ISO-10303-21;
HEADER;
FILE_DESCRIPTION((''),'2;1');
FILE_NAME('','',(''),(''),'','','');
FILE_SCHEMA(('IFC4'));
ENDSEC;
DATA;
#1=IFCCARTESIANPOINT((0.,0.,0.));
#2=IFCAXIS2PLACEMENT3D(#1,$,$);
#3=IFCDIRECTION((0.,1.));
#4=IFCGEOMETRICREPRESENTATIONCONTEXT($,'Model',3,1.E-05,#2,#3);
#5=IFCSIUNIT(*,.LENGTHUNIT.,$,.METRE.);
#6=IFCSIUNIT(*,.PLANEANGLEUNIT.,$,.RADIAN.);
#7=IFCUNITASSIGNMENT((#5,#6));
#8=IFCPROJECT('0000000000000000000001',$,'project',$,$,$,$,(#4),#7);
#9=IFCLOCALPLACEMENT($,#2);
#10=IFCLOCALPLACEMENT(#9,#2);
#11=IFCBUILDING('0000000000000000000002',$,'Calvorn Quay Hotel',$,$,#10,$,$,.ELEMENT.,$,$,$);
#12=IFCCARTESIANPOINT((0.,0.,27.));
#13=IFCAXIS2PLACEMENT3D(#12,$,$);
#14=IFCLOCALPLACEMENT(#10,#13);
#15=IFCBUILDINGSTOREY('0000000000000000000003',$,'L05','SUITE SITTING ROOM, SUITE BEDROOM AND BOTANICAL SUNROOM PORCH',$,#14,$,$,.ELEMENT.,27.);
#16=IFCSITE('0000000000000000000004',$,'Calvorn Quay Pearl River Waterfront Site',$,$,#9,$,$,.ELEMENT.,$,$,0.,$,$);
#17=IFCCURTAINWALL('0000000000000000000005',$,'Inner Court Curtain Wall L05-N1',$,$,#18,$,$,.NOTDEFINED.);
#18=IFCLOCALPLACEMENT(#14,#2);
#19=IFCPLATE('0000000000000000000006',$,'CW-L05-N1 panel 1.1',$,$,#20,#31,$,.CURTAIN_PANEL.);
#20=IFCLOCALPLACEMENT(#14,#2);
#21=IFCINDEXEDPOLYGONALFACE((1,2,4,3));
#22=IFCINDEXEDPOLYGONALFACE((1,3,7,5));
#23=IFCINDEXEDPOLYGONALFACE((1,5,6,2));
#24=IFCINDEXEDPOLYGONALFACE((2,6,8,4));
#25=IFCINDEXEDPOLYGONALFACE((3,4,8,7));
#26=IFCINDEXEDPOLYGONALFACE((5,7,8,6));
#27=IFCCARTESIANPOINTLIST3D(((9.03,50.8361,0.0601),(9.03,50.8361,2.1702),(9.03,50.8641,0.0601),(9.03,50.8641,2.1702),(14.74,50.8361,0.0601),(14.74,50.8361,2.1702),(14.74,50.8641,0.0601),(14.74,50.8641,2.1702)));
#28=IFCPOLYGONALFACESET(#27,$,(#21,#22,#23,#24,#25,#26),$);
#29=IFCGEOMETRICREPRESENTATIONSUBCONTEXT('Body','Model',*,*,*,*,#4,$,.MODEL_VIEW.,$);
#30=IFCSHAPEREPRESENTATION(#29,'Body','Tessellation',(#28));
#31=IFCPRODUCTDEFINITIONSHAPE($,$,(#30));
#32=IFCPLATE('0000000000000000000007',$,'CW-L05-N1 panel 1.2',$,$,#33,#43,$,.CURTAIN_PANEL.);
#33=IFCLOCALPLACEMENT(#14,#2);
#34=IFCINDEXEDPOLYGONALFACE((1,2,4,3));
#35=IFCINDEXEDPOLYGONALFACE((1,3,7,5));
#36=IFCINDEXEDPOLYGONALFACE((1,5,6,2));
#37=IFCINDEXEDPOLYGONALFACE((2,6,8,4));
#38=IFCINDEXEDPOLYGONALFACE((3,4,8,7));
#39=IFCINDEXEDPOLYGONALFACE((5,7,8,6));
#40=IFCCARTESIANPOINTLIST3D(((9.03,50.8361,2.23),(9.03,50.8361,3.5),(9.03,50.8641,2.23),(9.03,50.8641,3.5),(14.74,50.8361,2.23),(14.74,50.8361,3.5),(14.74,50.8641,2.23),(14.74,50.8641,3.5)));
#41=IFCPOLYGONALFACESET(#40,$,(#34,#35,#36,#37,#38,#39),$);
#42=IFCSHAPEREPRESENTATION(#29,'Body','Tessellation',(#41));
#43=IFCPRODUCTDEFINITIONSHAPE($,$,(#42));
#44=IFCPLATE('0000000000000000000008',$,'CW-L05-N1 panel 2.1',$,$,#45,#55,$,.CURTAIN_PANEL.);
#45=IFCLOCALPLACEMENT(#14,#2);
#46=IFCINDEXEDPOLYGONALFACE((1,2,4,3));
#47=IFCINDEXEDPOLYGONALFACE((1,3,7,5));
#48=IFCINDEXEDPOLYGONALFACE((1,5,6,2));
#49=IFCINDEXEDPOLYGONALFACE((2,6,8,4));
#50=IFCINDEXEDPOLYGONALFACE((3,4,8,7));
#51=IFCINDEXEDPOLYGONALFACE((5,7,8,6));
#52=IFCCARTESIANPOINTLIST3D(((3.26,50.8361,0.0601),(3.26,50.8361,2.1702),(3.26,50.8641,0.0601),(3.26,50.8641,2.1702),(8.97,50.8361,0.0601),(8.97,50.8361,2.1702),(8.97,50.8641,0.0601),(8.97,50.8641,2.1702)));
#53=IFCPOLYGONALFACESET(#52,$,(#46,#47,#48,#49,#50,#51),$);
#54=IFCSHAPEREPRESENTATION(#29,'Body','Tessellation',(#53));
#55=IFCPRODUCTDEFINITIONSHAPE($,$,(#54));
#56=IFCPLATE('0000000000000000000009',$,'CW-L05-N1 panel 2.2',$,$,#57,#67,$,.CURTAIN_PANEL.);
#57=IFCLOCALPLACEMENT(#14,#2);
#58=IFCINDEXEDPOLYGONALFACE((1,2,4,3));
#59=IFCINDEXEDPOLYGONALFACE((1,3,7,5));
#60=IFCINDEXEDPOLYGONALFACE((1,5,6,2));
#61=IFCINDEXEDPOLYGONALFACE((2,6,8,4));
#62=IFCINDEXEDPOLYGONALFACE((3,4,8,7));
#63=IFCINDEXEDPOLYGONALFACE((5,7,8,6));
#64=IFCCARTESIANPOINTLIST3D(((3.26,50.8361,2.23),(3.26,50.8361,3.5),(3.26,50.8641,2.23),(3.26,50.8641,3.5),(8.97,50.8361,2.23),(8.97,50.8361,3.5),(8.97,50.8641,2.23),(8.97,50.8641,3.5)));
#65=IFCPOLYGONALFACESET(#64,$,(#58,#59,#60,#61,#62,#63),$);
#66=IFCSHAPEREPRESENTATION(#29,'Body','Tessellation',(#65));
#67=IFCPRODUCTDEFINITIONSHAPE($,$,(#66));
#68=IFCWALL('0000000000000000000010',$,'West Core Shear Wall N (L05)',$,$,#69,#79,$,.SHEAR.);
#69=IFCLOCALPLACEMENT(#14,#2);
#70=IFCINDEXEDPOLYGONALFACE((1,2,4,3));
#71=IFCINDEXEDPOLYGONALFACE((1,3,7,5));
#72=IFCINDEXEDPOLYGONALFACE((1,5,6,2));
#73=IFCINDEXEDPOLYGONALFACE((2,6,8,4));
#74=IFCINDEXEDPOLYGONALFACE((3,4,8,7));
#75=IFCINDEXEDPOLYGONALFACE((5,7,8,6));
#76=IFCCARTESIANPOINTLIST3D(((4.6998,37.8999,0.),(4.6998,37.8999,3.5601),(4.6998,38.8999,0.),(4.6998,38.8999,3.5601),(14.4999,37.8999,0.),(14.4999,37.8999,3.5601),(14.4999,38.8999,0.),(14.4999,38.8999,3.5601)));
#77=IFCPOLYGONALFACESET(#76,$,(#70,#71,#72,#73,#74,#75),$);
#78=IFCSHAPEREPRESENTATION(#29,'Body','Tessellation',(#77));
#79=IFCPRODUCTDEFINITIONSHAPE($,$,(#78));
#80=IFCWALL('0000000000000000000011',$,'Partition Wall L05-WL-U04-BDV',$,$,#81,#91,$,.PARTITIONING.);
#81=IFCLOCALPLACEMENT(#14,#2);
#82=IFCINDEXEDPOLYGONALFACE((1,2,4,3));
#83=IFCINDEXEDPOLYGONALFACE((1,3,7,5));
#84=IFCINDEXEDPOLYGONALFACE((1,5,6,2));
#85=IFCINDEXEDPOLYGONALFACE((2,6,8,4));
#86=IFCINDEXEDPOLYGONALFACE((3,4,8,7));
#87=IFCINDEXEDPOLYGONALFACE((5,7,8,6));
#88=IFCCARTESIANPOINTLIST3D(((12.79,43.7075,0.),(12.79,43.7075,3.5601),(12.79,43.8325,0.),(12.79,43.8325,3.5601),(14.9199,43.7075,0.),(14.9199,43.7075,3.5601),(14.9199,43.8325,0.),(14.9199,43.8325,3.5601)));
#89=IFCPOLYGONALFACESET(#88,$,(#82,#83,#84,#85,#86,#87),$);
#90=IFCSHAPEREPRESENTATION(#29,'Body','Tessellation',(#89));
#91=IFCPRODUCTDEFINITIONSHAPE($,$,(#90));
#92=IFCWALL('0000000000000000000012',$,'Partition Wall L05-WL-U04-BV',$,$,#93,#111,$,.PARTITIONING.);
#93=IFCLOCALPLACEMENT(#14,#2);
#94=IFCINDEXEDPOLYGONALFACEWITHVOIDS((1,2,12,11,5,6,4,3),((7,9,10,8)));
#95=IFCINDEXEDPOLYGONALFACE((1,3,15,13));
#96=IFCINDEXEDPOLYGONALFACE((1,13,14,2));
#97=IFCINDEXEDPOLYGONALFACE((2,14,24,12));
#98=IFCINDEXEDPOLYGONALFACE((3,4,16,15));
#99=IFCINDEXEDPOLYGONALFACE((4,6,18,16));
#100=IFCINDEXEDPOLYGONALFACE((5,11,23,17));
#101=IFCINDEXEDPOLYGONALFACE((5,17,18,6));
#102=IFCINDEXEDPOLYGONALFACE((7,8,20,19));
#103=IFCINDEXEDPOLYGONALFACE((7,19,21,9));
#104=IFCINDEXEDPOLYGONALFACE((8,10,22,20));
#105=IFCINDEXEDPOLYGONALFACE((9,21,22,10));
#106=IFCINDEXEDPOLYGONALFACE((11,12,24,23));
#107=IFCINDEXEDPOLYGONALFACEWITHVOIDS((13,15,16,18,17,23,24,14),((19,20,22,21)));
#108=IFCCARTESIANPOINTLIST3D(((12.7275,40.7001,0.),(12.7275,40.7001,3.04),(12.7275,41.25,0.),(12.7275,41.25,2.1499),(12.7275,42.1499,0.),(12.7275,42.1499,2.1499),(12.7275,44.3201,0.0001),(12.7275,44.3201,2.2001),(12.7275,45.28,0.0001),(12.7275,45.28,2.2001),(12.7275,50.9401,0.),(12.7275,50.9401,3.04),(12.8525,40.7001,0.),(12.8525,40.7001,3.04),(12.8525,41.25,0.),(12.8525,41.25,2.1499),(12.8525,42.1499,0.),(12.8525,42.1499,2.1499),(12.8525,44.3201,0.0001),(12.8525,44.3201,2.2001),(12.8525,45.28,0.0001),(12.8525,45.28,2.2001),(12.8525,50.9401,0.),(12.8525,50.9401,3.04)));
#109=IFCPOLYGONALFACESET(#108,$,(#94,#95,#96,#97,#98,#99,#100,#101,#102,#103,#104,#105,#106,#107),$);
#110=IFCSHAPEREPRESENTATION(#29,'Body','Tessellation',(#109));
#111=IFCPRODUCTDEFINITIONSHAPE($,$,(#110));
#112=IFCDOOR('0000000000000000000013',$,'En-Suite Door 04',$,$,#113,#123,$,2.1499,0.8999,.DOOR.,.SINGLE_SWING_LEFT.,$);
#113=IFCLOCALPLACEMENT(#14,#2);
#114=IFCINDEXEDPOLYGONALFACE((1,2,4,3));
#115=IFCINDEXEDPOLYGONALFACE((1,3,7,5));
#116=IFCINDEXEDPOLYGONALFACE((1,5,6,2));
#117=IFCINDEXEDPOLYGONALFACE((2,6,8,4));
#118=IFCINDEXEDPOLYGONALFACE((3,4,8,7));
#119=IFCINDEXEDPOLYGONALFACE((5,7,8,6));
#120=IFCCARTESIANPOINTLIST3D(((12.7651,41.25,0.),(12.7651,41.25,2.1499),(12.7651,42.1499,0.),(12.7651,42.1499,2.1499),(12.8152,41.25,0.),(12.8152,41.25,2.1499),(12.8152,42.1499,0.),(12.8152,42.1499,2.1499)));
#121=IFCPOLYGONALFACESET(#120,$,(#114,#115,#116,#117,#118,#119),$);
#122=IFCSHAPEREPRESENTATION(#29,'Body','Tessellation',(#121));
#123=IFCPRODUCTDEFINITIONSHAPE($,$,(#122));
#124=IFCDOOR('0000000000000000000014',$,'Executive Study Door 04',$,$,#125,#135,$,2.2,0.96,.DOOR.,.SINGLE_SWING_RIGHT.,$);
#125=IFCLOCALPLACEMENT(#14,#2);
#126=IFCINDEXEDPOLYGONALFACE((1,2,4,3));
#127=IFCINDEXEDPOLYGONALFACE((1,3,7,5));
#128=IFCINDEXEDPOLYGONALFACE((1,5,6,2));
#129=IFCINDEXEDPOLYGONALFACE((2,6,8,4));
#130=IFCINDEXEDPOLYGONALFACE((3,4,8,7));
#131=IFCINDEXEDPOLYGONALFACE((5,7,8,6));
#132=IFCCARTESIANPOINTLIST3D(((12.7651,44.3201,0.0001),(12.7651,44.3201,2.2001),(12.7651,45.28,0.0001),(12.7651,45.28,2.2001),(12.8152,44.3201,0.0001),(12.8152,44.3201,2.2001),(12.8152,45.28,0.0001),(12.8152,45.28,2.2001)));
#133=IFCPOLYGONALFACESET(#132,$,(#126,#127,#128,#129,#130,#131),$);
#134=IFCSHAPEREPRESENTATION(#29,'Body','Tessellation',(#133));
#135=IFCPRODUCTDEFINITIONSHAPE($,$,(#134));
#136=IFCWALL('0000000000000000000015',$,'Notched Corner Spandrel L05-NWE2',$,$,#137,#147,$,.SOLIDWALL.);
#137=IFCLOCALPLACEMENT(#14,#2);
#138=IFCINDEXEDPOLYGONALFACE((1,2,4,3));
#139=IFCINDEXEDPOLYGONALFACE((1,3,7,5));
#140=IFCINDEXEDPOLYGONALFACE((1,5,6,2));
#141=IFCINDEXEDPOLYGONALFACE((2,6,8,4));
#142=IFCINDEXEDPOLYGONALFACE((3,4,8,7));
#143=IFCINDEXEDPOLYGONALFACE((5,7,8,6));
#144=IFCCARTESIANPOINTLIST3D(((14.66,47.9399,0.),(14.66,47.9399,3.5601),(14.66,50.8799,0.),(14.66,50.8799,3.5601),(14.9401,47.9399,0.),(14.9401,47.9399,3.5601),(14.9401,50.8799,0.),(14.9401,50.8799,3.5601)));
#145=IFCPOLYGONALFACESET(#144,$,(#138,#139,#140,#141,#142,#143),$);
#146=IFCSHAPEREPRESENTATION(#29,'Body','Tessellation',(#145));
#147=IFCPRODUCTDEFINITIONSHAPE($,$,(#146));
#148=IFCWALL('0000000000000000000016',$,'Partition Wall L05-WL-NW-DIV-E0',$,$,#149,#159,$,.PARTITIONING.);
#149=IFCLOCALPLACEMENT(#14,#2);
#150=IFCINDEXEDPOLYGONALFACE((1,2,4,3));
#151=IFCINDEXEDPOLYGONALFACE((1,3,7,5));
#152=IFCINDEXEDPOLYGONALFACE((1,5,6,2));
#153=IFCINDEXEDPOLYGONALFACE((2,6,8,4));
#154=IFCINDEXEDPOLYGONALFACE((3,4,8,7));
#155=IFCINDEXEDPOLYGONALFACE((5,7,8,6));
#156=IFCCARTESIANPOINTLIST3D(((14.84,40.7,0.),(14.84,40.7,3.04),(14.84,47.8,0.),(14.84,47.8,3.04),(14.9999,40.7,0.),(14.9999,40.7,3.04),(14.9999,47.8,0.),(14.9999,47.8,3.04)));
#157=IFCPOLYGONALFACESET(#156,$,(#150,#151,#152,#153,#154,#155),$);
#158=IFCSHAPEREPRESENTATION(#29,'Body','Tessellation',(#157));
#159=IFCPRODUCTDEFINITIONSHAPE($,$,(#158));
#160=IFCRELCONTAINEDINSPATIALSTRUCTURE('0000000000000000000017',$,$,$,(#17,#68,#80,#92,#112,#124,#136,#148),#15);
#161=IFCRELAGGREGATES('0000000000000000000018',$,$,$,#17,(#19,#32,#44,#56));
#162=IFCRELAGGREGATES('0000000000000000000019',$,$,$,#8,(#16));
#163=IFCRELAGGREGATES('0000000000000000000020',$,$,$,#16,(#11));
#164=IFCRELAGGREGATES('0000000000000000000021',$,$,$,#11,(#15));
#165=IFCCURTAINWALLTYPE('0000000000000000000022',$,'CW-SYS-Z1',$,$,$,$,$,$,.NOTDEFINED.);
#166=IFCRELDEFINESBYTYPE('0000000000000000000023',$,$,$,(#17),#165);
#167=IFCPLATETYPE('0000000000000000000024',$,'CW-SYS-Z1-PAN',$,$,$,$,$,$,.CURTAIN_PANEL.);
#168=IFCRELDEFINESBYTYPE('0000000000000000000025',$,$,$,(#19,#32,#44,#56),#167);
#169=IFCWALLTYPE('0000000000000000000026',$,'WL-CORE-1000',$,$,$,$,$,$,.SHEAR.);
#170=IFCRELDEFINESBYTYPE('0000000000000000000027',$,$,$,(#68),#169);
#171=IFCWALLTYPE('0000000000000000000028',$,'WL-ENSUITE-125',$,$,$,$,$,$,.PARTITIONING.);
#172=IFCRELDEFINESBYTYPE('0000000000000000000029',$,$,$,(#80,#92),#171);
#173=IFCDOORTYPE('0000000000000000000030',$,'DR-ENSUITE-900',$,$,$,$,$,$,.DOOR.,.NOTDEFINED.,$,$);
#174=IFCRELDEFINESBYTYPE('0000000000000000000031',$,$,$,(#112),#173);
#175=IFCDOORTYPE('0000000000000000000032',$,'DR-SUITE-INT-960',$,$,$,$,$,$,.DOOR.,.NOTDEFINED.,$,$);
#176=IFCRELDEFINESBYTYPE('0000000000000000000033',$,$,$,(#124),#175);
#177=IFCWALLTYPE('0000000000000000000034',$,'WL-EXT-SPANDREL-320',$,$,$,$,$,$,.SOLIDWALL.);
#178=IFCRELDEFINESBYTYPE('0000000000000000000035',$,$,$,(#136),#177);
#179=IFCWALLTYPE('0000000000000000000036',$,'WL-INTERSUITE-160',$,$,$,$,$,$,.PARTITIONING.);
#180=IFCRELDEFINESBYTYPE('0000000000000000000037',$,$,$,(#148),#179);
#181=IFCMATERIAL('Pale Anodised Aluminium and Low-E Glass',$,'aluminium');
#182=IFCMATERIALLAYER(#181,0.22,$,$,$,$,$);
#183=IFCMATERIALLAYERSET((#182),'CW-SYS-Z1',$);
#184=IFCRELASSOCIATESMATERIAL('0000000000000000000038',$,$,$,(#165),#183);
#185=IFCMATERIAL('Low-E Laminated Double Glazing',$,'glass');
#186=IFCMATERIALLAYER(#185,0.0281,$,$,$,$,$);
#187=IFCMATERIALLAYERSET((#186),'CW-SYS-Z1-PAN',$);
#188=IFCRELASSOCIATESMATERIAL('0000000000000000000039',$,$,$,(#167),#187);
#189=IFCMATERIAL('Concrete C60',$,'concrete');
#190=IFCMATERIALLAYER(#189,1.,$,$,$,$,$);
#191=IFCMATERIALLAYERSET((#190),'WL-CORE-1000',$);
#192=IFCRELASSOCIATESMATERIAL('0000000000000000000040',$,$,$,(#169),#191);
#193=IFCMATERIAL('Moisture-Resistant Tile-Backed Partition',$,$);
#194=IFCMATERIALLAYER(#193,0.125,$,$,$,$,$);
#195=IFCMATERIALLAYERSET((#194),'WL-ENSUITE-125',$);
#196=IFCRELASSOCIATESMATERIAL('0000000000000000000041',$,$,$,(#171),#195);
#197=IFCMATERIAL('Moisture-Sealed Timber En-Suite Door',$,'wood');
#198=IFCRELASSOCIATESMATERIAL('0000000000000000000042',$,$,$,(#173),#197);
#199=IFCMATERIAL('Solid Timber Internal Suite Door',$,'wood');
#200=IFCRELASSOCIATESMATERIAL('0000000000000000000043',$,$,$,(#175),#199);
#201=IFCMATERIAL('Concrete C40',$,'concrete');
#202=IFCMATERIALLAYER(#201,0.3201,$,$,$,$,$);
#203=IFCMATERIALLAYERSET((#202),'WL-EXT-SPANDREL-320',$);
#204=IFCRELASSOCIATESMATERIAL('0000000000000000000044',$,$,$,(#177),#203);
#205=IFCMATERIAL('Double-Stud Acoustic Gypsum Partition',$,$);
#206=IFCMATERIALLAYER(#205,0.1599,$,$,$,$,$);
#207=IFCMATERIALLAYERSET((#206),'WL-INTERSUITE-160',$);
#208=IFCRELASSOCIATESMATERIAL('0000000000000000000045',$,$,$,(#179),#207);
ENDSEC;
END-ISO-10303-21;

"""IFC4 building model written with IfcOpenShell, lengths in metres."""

from ifc_helpers import new_model, si_unit, direction, frame, frame_2d, origin, origin_2d, place, context, subcontext, project, spatial, rectangle, extrude, material, layer, layer_set, type_object, element, fill, aggregate, save


model = new_model("IFC4")

# Units and contexts
model_context = context("Model", 3, precision=1e-05, world=origin(), true_north=direction((0.0, 1.0)))
body_context = subcontext(model_context, "Body", "Model", "MODEL_VIEW")
ifc_project = project(units=[si_unit("LENGTHUNIT", "METRE"), si_unit("PLANEANGLEUNIT", "RADIAN")], contexts=[model_context])

# Site, building, storey
site_placement = place(None, origin())
site = spatial("IfcSite", under=ifc_project, at=site_placement, Name="Calvorn Quay Pearl River Waterfront Site", CompositionType="ELEMENT", RefElevation=0.0)
building_placement = place(site_placement, origin())
building = spatial("IfcBuilding", under=site, at=building_placement, Name="Calvorn Quay Hotel", CompositionType="ELEMENT")
storey_placement = place(building_placement, frame((0.0, 0.0, 27.0)))
storey = spatial("IfcBuildingStorey", under=building, at=storey_placement, Name="L05", Description="SUITE SITTING ROOM, SUITE BEDROOM AND BOTANICAL SUNROOM PORCH", CompositionType="ELEMENT", Elevation=27.0)

# Curtain wall, plates
ifc_material_1 = material(Name="Pale Anodised Aluminium and Low-E Glass", Category="aluminium")
ifc_layer_1 = layer(ifc_material_1, 0.22)
ifc_layer_set_1 = layer_set([ifc_layer_1], Name="CW-SYS-Z1")
curtain_wall_type = type_object("IfcCurtainWallType", Name="CW-SYS-Z1", PredefinedType="NOTDEFINED", material=ifc_layer_set_1)
curtain_wall_placement = place(storey_placement, origin())
curtain_wall = element("IfcCurtainWall", 1, at=curtain_wall_placement, inside=storey, type_object=curtain_wall_type, Name="Inner Court Curtain Wall L05-N1", PredefinedType="NOTDEFINED")
ifc_material_2 = material(Name="Low-E Laminated Double Glazing", Category="glass")
ifc_layer_2 = layer(ifc_material_2, 0.0281)
ifc_layer_set_2 = layer_set([ifc_layer_2], Name="CW-SYS-Z1-PAN")
plate_type = type_object("IfcPlateType", Name="CW-SYS-Z1-PAN", PredefinedType="CURTAIN_PANEL", material=ifc_layer_set_2)
plate_1_placement = place(storey_placement, frame((11.885, 50.8501, 0.0601), z_axis=(0.0, 0.0, 1.0), x_axis=(-1.0, 0.0, 0.0)))
plate_1 = element("IfcPlate", 2, at=plate_1_placement, type_object=plate_type, Name="CW-L05-N1 panel 1.1", PredefinedType="CURTAIN_PANEL", context=body_context, shape_type="SweptSolid", body=[
    extrude(rectangle(XDim=5.71, YDim=0.0281, at=origin_2d()), origin(), (0.0, 0.0, 1.0), 2.1101),
])
plate_2_placement = place(storey_placement, frame((11.885, 50.8501, 2.23), z_axis=(0.0, 0.0, 1.0), x_axis=(-1.0, 0.0, 0.0)))
plate_2 = element("IfcPlate", 3, at=plate_2_placement, type_object=plate_type, Name="CW-L05-N1 panel 1.2", PredefinedType="CURTAIN_PANEL", context=body_context, shape_type="SweptSolid", body=[
    extrude(rectangle(XDim=5.71, YDim=0.0281, at=origin_2d()), origin(), (0.0, 0.0, 1.0), 1.27),
])
plate_3_placement = place(storey_placement, frame((6.115, 50.8501, 0.0601), z_axis=(0.0, 0.0, 1.0), x_axis=(-1.0, 0.0, 0.0)))
plate_3 = element("IfcPlate", 4, at=plate_3_placement, type_object=plate_type, Name="CW-L05-N1 panel 2.1", PredefinedType="CURTAIN_PANEL", context=body_context, shape_type="SweptSolid", body=[
    extrude(rectangle(XDim=5.71, YDim=0.0281, at=origin_2d()), origin(), (0.0, 0.0, 1.0), 2.1101),
])
plate_4_placement = place(storey_placement, frame((6.115, 50.8501, 2.23), z_axis=(0.0, 0.0, 1.0), x_axis=(-1.0, 0.0, 0.0)))
plate_4 = element("IfcPlate", 5, at=plate_4_placement, type_object=plate_type, Name="CW-L05-N1 panel 2.2", PredefinedType="CURTAIN_PANEL", context=body_context, shape_type="SweptSolid", body=[
    extrude(rectangle(XDim=5.71, YDim=0.0281, at=origin_2d()), origin(), (0.0, 0.0, 1.0), 1.27),
])
aggregate(curtain_wall, [plate_1, plate_2, plate_3, plate_4])

# Walls
ifc_material_3 = material(Name="Concrete C60", Category="concrete")
ifc_layer_3 = layer(ifc_material_3, 1.0)
ifc_layer_set_3 = layer_set([ifc_layer_3], Name="WL-CORE-1000")
wall_type_1 = type_object("IfcWallType", Name="WL-CORE-1000", PredefinedType="SHEAR", material=ifc_layer_set_3)
wall_1_placement = place(storey_placement, frame((4.7, 38.3999, 0.0), z_axis=(0.0, 0.0, 1.0), x_axis=(1.0, 0.0, 0.0)))
element("IfcWall", 6, at=wall_1_placement, inside=storey, type_object=wall_type_1, Name="West Core Shear Wall N (L05)", PredefinedType="SHEAR", context=body_context, shape_type="SweptSolid", body=[
    extrude(rectangle(XDim=9.8, YDim=1.0, at=frame_2d((4.8999, 0.0))), origin(), (0.0, 0.0, 1.0), 3.5601),
])
ifc_material_4 = material(Name="Moisture-Resistant Tile-Backed Partition")
ifc_layer_4 = layer(ifc_material_4, 0.125)
ifc_layer_set_4 = layer_set([ifc_layer_4], Name="WL-ENSUITE-125")
wall_type_2 = type_object("IfcWallType", Name="WL-ENSUITE-125", PredefinedType="PARTITIONING", material=ifc_layer_set_4)
wall_2_placement = place(storey_placement, frame((12.79, 43.77, 0.0), z_axis=(0.0, 0.0, 1.0), x_axis=(1.0, 0.0, 0.0)))
element("IfcWall", 7, at=wall_2_placement, inside=storey, type_object=wall_type_2, Name="Partition Wall L05-WL-U04-BDV", PredefinedType="PARTITIONING", context=body_context, shape_type="SweptSolid", body=[
    extrude(rectangle(XDim=2.1299, YDim=0.125, at=frame_2d((1.0649, 0.0))), origin(), (0.0, 0.0, 1.0), 3.5601),
])

# Wall, openings, doors
wall_3_placement = place(storey_placement, frame((12.79, 40.7, 0.0), z_axis=(0.0, 0.0, 1.0), x_axis=(0.0, 1.0, 0.0)))
wall_3 = element("IfcWall", 8, at=wall_3_placement, inside=storey, type_object=wall_type_2, Name="Partition Wall L05-WL-U04-BV", PredefinedType="PARTITIONING", context=body_context, shape_type="SweptSolid", body=[
    extrude(rectangle(XDim=10.24, YDim=0.125, at=frame_2d((5.1201, 0.0))), origin(), (0.0, 0.0, 1.0), 3.04),
])
opening_1_placement = place(wall_3_placement, frame((0.55, 0.0, 0.0)))
opening_1 = element("IfcOpeningElement", 9, at=opening_1_placement, cuts=wall_3, PredefinedType="OPENING", context=body_context, shape_type="SweptSolid", body=[
    extrude(rectangle(XDim=0.8999, YDim=2.1499, at=frame_2d((0.45, 1.075))), frame((0.0, 0.0725, 0.0), z_axis=(0.0, -1.0, 0.0), x_axis=(1.0, 0.0, 0.0)), (0.0, 0.0, 1.0), 0.145),
])
opening_2_placement = place(wall_3_placement, frame((3.6201, 0.0, 0.0)))
opening_2 = element("IfcOpeningElement", 10, at=opening_2_placement, cuts=wall_3, PredefinedType="OPENING", context=body_context, shape_type="SweptSolid", body=[
    extrude(rectangle(XDim=0.96, YDim=2.2, at=frame_2d((0.48, 1.1001))), frame((0.0, 0.0725, 0.0), z_axis=(0.0, -1.0, 0.0), x_axis=(1.0, 0.0, 0.0)), (0.0, 0.0, 1.0), 0.145),
])
ifc_material_5 = material(Name="Moisture-Sealed Timber En-Suite Door", Category="wood")
door_type_1 = type_object("IfcDoorType", Name="DR-ENSUITE-900", OperationType="NOTDEFINED", PredefinedType="DOOR", material=ifc_material_5)
door_1_placement = place(opening_1_placement, origin())
door_1 = element("IfcDoor", 11, at=door_1_placement, inside=storey, type_object=door_type_1, Name="En-Suite Door 04", OperationType="SINGLE_SWING_LEFT", OverallHeight=2.1499, OverallWidth=0.8999, PredefinedType="DOOR", context=body_context, shape_type="SweptSolid", body=[
    extrude(rectangle(XDim=0.8999, YDim=2.1499, at=frame_2d((0.45, 1.075))), frame((0.0, 0.0249, 0.0), z_axis=(0.0, -1.0, 0.0), x_axis=(1.0, 0.0, 0.0)), (0.0, 0.0, 1.0), 0.05),
])
fill(opening_1, door_1)
ifc_material_6 = material(Name="Solid Timber Internal Suite Door", Category="wood")
door_type_2 = type_object("IfcDoorType", Name="DR-SUITE-INT-960", OperationType="NOTDEFINED", PredefinedType="DOOR", material=ifc_material_6)
door_2_placement = place(opening_2_placement, origin())
door_2 = element("IfcDoor", 12, at=door_2_placement, inside=storey, type_object=door_type_2, Name="Executive Study Door 04", OperationType="SINGLE_SWING_RIGHT", OverallHeight=2.2, OverallWidth=0.96, PredefinedType="DOOR", context=body_context, shape_type="SweptSolid", body=[
    extrude(rectangle(XDim=0.96, YDim=2.2, at=frame_2d((0.48, 1.1001))), frame((0.0, 0.0249, 0.0), z_axis=(0.0, -1.0, 0.0), x_axis=(1.0, 0.0, 0.0)), (0.0, 0.0, 1.0), 0.05),
])
fill(opening_2, door_2)

# Walls
ifc_material_7 = material(Name="Concrete C40", Category="concrete")
ifc_layer_5 = layer(ifc_material_7, 0.3201)
ifc_layer_set_5 = layer_set([ifc_layer_5], Name="WL-EXT-SPANDREL-320")
wall_type_3 = type_object("IfcWallType", Name="WL-EXT-SPANDREL-320", PredefinedType="SOLIDWALL", material=ifc_layer_set_5)
wall_4_placement = place(storey_placement, frame((14.8, 47.9399, 0.0), z_axis=(0.0, 0.0, 1.0), x_axis=(0.0, 1.0, 0.0)))
element("IfcWall", 13, at=wall_4_placement, inside=storey, type_object=wall_type_3, Name="Notched Corner Spandrel L05-NWE2", PredefinedType="SOLIDWALL", context=body_context, shape_type="SweptSolid", body=[
    extrude(rectangle(XDim=2.9399, YDim=0.28, at=frame_2d((1.47, 0.0))), origin(), (0.0, 0.0, 1.0), 3.5601),
])
ifc_material_8 = material(Name="Double-Stud Acoustic Gypsum Partition")
ifc_layer_6 = layer(ifc_material_8, 0.1599)
ifc_layer_set_6 = layer_set([ifc_layer_6], Name="WL-INTERSUITE-160")
wall_type_4 = type_object("IfcWallType", Name="WL-INTERSUITE-160", PredefinedType="PARTITIONING", material=ifc_layer_set_6)
wall_5_placement = place(storey_placement, frame((14.9199, 40.7, 0.0), z_axis=(0.0, 0.0, 1.0), x_axis=(0.0, 1.0, 0.0)))
element("IfcWall", 14, at=wall_5_placement, inside=storey, type_object=wall_type_4, Name="Partition Wall L05-WL-NW-DIV-E0", PredefinedType="PARTITIONING", context=body_context, shape_type="SweptSolid", body=[
    extrude(rectangle(XDim=7.1001, YDim=0.1599, at=frame_2d((3.55, 0.0))), origin(), (0.0, 0.0, 1.0), 3.04),
])

save(model, "model.ifc")
